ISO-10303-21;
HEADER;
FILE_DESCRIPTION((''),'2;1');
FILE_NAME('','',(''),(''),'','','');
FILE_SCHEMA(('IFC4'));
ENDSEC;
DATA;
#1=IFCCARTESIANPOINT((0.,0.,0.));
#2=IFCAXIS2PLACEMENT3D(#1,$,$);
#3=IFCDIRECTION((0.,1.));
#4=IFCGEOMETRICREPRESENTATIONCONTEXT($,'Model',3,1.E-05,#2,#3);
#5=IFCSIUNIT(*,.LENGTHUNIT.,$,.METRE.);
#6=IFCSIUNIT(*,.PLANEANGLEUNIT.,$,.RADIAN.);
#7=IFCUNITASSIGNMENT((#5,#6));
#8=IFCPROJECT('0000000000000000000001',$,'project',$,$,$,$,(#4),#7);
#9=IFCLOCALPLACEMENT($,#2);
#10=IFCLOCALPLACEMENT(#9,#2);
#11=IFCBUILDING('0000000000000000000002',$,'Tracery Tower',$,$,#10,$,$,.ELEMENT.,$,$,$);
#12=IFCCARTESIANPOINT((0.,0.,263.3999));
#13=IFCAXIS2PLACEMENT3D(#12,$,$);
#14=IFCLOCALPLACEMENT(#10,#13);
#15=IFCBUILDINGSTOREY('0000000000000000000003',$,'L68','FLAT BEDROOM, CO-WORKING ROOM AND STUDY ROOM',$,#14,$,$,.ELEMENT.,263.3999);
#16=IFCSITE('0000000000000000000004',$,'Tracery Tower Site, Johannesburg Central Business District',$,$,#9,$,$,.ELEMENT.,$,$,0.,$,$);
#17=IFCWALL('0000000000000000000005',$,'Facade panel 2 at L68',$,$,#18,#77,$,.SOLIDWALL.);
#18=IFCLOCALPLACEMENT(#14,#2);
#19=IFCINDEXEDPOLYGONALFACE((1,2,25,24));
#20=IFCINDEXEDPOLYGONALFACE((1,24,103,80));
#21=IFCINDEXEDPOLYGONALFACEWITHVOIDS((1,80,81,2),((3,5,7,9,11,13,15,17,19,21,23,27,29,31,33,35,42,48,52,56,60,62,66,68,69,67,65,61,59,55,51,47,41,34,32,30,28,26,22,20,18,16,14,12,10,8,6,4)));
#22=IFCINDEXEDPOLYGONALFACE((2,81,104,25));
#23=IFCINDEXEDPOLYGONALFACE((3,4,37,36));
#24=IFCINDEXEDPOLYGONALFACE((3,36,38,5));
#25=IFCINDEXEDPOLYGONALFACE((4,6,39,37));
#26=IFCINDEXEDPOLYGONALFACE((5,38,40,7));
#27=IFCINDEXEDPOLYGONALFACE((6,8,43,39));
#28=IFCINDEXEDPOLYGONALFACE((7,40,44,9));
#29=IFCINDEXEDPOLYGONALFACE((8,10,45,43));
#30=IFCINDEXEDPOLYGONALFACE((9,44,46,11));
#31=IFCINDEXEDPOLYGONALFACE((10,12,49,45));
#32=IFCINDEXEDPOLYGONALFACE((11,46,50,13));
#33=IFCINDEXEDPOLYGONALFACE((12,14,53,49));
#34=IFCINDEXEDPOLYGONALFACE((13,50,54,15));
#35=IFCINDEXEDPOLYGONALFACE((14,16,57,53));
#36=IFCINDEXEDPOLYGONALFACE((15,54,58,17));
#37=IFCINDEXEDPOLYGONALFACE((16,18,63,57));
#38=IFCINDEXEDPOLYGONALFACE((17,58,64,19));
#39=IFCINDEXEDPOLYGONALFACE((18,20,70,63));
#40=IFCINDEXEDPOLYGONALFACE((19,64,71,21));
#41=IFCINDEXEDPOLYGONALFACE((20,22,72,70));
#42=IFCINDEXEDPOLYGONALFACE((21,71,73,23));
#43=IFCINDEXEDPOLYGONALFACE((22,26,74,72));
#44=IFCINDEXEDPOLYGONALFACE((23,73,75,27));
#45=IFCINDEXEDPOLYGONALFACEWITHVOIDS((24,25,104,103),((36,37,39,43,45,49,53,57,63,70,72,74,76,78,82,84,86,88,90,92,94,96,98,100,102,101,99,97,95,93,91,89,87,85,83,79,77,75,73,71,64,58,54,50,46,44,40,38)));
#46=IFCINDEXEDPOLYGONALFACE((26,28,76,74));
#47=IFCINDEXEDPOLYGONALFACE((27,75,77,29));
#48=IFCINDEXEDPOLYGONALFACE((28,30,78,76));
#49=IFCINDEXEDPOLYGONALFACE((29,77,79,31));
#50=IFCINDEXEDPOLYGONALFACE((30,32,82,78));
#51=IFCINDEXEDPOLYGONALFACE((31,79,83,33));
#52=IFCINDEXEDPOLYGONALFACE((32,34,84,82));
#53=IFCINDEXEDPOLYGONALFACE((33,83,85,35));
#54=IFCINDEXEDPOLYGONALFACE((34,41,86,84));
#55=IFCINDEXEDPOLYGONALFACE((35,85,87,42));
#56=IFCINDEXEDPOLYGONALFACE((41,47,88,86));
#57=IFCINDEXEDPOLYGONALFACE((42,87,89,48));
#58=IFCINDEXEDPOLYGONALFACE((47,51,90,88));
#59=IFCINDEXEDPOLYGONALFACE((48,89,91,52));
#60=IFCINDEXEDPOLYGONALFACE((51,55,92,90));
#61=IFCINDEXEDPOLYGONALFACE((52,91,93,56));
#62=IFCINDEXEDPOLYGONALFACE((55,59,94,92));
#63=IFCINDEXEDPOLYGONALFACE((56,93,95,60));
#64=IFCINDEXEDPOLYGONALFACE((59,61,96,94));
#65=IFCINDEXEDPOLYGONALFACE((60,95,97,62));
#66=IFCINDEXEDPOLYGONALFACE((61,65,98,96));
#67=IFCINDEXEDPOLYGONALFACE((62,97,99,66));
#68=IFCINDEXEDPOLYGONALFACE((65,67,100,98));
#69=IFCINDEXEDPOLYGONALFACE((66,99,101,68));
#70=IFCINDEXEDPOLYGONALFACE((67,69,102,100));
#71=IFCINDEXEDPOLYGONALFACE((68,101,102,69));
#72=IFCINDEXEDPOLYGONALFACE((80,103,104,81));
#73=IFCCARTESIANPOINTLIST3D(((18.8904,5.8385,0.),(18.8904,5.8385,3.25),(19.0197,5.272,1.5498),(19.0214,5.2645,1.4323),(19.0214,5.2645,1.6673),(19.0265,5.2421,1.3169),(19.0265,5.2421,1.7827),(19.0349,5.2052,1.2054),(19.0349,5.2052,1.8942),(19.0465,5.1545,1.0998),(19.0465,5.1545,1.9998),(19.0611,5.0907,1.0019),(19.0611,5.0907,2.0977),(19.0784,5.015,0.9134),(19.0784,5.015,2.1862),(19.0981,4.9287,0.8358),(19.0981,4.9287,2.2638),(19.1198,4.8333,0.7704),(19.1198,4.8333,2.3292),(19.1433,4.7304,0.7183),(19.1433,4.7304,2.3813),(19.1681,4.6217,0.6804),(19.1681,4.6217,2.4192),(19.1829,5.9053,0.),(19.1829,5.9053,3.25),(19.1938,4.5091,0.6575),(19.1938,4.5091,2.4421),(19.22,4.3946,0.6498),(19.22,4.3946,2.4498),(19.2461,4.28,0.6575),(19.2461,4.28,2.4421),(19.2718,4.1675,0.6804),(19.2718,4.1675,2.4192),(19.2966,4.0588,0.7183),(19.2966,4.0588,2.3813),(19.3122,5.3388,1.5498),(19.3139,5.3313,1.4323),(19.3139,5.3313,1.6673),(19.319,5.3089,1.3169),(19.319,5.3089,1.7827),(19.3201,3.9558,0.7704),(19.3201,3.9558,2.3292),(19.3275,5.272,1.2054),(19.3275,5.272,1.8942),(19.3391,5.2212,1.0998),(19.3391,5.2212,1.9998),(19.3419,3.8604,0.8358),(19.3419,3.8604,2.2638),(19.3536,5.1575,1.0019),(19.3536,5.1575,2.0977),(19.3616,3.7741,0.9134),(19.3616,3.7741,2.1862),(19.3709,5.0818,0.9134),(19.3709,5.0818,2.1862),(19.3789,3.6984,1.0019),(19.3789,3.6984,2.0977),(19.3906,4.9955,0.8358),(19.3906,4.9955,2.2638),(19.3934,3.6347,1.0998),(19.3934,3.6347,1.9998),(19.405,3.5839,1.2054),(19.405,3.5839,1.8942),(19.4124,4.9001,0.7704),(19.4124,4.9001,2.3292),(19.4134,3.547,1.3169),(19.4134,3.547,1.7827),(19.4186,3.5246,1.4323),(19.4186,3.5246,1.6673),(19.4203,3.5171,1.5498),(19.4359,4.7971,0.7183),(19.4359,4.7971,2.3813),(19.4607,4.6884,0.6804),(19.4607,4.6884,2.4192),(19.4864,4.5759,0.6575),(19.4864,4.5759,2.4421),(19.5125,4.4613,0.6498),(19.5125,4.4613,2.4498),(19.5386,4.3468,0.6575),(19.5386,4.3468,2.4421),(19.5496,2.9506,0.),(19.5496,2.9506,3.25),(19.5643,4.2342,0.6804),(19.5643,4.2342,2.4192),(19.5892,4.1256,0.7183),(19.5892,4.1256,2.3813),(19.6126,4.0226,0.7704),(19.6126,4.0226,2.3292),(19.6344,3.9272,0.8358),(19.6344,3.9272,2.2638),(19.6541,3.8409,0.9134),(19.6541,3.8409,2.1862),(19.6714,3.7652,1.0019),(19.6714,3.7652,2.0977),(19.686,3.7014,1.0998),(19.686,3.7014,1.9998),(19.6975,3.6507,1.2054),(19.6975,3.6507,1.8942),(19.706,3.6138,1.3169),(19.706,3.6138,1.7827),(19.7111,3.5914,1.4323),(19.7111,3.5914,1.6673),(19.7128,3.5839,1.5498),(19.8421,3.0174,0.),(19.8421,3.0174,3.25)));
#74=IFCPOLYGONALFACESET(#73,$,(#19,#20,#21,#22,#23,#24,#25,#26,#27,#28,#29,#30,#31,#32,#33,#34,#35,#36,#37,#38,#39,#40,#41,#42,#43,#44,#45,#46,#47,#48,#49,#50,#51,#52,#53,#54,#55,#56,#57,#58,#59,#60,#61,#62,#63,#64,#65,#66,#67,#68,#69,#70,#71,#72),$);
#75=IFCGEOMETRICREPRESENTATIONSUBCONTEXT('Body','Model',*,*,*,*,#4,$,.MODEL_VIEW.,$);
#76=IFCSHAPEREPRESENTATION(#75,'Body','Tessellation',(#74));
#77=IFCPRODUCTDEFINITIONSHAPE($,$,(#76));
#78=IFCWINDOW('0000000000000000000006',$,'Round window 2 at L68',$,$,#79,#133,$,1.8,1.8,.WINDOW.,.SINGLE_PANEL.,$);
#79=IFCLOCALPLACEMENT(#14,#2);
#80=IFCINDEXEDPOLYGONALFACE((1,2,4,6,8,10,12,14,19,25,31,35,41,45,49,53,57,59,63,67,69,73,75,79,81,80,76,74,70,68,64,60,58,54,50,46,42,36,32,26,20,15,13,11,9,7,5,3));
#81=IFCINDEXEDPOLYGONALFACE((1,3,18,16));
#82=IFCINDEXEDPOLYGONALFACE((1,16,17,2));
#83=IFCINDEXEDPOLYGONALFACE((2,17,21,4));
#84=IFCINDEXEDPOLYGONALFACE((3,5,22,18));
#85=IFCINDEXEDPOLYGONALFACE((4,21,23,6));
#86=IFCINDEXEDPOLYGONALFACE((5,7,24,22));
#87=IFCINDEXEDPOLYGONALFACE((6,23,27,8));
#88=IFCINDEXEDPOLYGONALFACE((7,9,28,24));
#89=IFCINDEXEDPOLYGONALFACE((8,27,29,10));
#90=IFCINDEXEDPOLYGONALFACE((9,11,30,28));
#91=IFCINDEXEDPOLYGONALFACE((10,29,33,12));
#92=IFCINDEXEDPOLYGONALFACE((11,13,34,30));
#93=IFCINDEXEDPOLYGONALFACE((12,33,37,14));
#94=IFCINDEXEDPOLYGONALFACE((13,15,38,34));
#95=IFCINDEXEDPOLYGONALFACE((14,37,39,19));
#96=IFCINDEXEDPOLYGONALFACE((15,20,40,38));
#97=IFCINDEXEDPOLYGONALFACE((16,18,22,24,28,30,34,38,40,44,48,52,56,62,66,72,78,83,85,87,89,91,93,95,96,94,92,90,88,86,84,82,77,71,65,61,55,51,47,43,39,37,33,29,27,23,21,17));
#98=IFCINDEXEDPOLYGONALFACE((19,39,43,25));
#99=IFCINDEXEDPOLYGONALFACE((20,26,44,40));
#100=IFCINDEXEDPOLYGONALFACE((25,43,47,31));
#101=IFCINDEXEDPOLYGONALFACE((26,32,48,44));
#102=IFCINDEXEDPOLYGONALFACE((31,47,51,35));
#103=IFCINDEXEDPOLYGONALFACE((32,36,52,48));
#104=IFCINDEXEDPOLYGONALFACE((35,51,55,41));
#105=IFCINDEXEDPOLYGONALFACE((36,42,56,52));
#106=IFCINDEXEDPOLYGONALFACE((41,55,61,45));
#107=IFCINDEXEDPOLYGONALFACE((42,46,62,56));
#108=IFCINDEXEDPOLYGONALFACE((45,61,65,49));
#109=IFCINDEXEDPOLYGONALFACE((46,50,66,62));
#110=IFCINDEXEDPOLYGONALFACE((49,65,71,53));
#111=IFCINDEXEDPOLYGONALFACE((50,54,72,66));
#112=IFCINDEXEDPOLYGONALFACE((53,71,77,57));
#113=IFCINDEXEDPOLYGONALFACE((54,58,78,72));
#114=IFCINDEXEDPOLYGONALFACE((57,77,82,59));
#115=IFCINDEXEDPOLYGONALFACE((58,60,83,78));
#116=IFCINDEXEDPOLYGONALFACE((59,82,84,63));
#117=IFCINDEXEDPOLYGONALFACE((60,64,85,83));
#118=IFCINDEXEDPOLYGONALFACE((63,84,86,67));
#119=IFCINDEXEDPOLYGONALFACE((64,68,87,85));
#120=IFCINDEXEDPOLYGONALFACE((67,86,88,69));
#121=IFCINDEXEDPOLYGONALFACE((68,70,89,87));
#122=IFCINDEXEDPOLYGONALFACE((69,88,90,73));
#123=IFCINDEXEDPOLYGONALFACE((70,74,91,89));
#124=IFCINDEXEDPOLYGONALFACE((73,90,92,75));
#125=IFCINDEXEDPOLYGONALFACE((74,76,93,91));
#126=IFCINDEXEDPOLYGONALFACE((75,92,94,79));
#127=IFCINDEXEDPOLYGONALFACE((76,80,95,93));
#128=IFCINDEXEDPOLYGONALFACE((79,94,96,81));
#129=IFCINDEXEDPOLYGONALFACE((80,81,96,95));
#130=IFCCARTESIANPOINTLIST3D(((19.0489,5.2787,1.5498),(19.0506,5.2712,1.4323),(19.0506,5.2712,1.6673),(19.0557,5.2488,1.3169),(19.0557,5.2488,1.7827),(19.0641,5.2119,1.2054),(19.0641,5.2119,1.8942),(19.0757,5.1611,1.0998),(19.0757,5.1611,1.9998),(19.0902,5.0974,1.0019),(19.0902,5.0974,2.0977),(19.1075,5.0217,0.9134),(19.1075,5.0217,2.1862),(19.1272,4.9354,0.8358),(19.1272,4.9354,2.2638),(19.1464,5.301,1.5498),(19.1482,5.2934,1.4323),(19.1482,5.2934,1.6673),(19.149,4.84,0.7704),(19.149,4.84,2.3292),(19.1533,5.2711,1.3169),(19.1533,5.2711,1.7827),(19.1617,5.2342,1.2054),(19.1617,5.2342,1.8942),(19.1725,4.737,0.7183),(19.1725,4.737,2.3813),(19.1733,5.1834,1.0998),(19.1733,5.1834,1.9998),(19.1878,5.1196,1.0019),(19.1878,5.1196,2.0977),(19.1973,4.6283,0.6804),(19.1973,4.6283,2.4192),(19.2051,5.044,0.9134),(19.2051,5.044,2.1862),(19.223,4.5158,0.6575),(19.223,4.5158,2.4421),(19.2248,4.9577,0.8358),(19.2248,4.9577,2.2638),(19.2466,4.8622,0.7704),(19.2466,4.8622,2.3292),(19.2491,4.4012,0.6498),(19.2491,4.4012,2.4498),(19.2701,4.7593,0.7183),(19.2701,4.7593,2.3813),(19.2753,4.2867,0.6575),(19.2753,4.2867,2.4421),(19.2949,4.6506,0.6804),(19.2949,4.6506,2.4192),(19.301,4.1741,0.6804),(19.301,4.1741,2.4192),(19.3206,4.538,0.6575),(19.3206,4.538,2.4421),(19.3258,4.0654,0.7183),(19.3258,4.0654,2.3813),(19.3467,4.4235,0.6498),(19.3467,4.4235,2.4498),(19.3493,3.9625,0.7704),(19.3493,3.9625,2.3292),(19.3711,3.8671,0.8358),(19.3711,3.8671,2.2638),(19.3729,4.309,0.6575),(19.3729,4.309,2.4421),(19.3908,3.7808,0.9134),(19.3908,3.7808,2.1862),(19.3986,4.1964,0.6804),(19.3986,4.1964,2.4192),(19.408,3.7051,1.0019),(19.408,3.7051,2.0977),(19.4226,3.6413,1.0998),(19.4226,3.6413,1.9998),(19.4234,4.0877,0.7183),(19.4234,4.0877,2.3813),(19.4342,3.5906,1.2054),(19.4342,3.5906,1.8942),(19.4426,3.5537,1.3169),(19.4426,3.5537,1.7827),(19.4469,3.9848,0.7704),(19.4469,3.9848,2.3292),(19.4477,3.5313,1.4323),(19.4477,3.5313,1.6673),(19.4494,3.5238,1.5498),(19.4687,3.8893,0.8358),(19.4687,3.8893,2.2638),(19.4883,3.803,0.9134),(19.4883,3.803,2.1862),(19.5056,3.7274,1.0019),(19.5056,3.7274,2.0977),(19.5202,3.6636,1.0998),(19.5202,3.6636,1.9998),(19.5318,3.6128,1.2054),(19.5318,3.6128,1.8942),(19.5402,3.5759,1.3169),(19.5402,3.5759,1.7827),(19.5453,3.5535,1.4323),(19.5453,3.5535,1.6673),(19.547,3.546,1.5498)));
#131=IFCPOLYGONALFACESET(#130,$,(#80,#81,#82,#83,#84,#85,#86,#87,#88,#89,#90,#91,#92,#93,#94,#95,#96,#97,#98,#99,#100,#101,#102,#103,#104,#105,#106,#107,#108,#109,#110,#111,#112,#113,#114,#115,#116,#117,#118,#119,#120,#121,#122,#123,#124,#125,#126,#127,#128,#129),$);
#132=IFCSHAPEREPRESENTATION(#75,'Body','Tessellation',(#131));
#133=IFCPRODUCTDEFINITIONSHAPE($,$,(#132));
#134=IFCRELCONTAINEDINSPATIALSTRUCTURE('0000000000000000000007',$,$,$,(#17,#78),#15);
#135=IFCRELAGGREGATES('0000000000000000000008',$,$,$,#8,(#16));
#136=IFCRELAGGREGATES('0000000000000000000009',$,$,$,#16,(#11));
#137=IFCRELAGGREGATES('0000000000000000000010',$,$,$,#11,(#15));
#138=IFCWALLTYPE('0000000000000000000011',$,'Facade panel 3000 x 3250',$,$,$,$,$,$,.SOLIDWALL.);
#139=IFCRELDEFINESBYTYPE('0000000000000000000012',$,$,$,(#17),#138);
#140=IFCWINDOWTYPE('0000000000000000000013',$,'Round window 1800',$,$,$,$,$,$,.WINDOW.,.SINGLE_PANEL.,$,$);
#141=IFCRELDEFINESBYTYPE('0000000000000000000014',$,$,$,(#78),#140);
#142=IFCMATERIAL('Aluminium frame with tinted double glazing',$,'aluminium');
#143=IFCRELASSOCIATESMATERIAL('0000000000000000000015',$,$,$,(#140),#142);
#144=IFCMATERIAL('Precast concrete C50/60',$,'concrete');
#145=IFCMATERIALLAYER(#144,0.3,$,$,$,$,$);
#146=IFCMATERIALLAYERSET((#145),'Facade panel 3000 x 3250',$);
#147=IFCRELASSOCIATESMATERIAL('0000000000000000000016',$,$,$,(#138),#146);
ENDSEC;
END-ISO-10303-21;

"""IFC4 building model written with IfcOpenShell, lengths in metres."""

from ifc_helpers import new_model, si_unit, direction, frame, frame_2d, origin, origin_2d, place, context, subcontext, project, spatial, rectangle, circle, extrude, material, layer, layer_set, type_object, element, fill, save


model = new_model("IFC4")

# Units and contexts
model_context = context("Model", 3, precision=1e-05, world=origin(), true_north=direction((0.0, 1.0)))
body_context = subcontext(model_context, "Body", "Model", "MODEL_VIEW")
ifc_project = project(units=[si_unit("LENGTHUNIT", "METRE"), si_unit("PLANEANGLEUNIT", "RADIAN")], contexts=[model_context])

# Site, building, storey
site_placement = place(None, origin())
site = spatial("IfcSite", under=ifc_project, at=site_placement, Name="Tracery Tower Site, Johannesburg Central Business District", CompositionType="ELEMENT", RefElevation=0.0)
building_placement = place(site_placement, origin())
building = spatial("IfcBuilding", under=site, at=building_placement, Name="Tracery Tower", CompositionType="ELEMENT")
storey_placement = place(building_placement, frame((0.0, 0.0, 263.3999)))
storey = spatial("IfcBuildingStorey", under=building, at=storey_placement, Name="L68", Description="FLAT BEDROOM, CO-WORKING ROOM AND STUDY ROOM", CompositionType="ELEMENT", Elevation=263.3999)

# Wall, opening, window
ifc_material_1 = material(Name="Aluminium frame with tinted double glazing", Category="aluminium")
window_type = type_object("IfcWindowType", Name="Round window 1800", PartitioningType="SINGLE_PANEL", PredefinedType="WINDOW", material=ifc_material_1)
ifc_material_2 = material(Name="Precast concrete C50/60", Category="concrete")
ifc_layer_1 = layer(ifc_material_2, 0.3)
ifc_layer_set_1 = layer_set([ifc_layer_1], Name="Facade panel 3000 x 3250")
wall_type_1 = type_object("IfcWallType", Name="Facade panel 3000 x 3250", PredefinedType="SOLIDWALL", material=ifc_layer_set_1)
wall_1_placement = place(storey_placement, frame((19.6958, 2.9841, 0.0), z_axis=(0.0, 0.0, 1.0), x_axis=(-0.222529, 0.974926, 0.0)))
wall_1 = element("IfcWall", 1, at=wall_1_placement, inside=storey, type_object=wall_type_1, Name="Facade panel 2 at L68", PredefinedType="SOLIDWALL", context=body_context, shape_type="SweptSolid", body=[
    extrude(rectangle(XDim=2.9622, YDim=0.3, at=frame_2d((1.481, 0.0))), origin(), (0.0, 0.0, 1.0), 3.25),
])
opening_1_placement = place(wall_1_placement, frame((1.481, 0.0, 1.5498)))
opening_1 = element("IfcOpeningElement", 2, at=opening_1_placement, cuts=wall_1, PredefinedType="OPENING", context=body_context, shape_type="SweptSolid", body=[
    extrude(circle(Radius=0.9, at=origin_2d()), frame((0.0, 0.1599, 0.0), z_axis=(0.0, -1.0, 0.0), x_axis=(1.0, 0.0, 0.0)), (0.0, 0.0, 1.0), 0.3201),
])
window_1_placement = place(opening_1_placement, origin())
window_1 = element("IfcWindow", 3, at=window_1_placement, inside=storey, type_object=window_type, Name="Round window 2 at L68", OverallHeight=1.8, OverallWidth=1.8, PartitioningType="SINGLE_PANEL", PredefinedType="WINDOW", context=body_context, shape_type="SweptSolid", body=[
    extrude(circle(Radius=0.9, at=origin_2d()), frame((0.0, 0.1201, 0.0), z_axis=(0.0, -1.0, 0.0), x_axis=(1.0, 0.0, 0.0)), (0.0, 0.0, 1.0), 0.1001),
])
fill(opening_1, window_1)

save(model, "model.ifc")
